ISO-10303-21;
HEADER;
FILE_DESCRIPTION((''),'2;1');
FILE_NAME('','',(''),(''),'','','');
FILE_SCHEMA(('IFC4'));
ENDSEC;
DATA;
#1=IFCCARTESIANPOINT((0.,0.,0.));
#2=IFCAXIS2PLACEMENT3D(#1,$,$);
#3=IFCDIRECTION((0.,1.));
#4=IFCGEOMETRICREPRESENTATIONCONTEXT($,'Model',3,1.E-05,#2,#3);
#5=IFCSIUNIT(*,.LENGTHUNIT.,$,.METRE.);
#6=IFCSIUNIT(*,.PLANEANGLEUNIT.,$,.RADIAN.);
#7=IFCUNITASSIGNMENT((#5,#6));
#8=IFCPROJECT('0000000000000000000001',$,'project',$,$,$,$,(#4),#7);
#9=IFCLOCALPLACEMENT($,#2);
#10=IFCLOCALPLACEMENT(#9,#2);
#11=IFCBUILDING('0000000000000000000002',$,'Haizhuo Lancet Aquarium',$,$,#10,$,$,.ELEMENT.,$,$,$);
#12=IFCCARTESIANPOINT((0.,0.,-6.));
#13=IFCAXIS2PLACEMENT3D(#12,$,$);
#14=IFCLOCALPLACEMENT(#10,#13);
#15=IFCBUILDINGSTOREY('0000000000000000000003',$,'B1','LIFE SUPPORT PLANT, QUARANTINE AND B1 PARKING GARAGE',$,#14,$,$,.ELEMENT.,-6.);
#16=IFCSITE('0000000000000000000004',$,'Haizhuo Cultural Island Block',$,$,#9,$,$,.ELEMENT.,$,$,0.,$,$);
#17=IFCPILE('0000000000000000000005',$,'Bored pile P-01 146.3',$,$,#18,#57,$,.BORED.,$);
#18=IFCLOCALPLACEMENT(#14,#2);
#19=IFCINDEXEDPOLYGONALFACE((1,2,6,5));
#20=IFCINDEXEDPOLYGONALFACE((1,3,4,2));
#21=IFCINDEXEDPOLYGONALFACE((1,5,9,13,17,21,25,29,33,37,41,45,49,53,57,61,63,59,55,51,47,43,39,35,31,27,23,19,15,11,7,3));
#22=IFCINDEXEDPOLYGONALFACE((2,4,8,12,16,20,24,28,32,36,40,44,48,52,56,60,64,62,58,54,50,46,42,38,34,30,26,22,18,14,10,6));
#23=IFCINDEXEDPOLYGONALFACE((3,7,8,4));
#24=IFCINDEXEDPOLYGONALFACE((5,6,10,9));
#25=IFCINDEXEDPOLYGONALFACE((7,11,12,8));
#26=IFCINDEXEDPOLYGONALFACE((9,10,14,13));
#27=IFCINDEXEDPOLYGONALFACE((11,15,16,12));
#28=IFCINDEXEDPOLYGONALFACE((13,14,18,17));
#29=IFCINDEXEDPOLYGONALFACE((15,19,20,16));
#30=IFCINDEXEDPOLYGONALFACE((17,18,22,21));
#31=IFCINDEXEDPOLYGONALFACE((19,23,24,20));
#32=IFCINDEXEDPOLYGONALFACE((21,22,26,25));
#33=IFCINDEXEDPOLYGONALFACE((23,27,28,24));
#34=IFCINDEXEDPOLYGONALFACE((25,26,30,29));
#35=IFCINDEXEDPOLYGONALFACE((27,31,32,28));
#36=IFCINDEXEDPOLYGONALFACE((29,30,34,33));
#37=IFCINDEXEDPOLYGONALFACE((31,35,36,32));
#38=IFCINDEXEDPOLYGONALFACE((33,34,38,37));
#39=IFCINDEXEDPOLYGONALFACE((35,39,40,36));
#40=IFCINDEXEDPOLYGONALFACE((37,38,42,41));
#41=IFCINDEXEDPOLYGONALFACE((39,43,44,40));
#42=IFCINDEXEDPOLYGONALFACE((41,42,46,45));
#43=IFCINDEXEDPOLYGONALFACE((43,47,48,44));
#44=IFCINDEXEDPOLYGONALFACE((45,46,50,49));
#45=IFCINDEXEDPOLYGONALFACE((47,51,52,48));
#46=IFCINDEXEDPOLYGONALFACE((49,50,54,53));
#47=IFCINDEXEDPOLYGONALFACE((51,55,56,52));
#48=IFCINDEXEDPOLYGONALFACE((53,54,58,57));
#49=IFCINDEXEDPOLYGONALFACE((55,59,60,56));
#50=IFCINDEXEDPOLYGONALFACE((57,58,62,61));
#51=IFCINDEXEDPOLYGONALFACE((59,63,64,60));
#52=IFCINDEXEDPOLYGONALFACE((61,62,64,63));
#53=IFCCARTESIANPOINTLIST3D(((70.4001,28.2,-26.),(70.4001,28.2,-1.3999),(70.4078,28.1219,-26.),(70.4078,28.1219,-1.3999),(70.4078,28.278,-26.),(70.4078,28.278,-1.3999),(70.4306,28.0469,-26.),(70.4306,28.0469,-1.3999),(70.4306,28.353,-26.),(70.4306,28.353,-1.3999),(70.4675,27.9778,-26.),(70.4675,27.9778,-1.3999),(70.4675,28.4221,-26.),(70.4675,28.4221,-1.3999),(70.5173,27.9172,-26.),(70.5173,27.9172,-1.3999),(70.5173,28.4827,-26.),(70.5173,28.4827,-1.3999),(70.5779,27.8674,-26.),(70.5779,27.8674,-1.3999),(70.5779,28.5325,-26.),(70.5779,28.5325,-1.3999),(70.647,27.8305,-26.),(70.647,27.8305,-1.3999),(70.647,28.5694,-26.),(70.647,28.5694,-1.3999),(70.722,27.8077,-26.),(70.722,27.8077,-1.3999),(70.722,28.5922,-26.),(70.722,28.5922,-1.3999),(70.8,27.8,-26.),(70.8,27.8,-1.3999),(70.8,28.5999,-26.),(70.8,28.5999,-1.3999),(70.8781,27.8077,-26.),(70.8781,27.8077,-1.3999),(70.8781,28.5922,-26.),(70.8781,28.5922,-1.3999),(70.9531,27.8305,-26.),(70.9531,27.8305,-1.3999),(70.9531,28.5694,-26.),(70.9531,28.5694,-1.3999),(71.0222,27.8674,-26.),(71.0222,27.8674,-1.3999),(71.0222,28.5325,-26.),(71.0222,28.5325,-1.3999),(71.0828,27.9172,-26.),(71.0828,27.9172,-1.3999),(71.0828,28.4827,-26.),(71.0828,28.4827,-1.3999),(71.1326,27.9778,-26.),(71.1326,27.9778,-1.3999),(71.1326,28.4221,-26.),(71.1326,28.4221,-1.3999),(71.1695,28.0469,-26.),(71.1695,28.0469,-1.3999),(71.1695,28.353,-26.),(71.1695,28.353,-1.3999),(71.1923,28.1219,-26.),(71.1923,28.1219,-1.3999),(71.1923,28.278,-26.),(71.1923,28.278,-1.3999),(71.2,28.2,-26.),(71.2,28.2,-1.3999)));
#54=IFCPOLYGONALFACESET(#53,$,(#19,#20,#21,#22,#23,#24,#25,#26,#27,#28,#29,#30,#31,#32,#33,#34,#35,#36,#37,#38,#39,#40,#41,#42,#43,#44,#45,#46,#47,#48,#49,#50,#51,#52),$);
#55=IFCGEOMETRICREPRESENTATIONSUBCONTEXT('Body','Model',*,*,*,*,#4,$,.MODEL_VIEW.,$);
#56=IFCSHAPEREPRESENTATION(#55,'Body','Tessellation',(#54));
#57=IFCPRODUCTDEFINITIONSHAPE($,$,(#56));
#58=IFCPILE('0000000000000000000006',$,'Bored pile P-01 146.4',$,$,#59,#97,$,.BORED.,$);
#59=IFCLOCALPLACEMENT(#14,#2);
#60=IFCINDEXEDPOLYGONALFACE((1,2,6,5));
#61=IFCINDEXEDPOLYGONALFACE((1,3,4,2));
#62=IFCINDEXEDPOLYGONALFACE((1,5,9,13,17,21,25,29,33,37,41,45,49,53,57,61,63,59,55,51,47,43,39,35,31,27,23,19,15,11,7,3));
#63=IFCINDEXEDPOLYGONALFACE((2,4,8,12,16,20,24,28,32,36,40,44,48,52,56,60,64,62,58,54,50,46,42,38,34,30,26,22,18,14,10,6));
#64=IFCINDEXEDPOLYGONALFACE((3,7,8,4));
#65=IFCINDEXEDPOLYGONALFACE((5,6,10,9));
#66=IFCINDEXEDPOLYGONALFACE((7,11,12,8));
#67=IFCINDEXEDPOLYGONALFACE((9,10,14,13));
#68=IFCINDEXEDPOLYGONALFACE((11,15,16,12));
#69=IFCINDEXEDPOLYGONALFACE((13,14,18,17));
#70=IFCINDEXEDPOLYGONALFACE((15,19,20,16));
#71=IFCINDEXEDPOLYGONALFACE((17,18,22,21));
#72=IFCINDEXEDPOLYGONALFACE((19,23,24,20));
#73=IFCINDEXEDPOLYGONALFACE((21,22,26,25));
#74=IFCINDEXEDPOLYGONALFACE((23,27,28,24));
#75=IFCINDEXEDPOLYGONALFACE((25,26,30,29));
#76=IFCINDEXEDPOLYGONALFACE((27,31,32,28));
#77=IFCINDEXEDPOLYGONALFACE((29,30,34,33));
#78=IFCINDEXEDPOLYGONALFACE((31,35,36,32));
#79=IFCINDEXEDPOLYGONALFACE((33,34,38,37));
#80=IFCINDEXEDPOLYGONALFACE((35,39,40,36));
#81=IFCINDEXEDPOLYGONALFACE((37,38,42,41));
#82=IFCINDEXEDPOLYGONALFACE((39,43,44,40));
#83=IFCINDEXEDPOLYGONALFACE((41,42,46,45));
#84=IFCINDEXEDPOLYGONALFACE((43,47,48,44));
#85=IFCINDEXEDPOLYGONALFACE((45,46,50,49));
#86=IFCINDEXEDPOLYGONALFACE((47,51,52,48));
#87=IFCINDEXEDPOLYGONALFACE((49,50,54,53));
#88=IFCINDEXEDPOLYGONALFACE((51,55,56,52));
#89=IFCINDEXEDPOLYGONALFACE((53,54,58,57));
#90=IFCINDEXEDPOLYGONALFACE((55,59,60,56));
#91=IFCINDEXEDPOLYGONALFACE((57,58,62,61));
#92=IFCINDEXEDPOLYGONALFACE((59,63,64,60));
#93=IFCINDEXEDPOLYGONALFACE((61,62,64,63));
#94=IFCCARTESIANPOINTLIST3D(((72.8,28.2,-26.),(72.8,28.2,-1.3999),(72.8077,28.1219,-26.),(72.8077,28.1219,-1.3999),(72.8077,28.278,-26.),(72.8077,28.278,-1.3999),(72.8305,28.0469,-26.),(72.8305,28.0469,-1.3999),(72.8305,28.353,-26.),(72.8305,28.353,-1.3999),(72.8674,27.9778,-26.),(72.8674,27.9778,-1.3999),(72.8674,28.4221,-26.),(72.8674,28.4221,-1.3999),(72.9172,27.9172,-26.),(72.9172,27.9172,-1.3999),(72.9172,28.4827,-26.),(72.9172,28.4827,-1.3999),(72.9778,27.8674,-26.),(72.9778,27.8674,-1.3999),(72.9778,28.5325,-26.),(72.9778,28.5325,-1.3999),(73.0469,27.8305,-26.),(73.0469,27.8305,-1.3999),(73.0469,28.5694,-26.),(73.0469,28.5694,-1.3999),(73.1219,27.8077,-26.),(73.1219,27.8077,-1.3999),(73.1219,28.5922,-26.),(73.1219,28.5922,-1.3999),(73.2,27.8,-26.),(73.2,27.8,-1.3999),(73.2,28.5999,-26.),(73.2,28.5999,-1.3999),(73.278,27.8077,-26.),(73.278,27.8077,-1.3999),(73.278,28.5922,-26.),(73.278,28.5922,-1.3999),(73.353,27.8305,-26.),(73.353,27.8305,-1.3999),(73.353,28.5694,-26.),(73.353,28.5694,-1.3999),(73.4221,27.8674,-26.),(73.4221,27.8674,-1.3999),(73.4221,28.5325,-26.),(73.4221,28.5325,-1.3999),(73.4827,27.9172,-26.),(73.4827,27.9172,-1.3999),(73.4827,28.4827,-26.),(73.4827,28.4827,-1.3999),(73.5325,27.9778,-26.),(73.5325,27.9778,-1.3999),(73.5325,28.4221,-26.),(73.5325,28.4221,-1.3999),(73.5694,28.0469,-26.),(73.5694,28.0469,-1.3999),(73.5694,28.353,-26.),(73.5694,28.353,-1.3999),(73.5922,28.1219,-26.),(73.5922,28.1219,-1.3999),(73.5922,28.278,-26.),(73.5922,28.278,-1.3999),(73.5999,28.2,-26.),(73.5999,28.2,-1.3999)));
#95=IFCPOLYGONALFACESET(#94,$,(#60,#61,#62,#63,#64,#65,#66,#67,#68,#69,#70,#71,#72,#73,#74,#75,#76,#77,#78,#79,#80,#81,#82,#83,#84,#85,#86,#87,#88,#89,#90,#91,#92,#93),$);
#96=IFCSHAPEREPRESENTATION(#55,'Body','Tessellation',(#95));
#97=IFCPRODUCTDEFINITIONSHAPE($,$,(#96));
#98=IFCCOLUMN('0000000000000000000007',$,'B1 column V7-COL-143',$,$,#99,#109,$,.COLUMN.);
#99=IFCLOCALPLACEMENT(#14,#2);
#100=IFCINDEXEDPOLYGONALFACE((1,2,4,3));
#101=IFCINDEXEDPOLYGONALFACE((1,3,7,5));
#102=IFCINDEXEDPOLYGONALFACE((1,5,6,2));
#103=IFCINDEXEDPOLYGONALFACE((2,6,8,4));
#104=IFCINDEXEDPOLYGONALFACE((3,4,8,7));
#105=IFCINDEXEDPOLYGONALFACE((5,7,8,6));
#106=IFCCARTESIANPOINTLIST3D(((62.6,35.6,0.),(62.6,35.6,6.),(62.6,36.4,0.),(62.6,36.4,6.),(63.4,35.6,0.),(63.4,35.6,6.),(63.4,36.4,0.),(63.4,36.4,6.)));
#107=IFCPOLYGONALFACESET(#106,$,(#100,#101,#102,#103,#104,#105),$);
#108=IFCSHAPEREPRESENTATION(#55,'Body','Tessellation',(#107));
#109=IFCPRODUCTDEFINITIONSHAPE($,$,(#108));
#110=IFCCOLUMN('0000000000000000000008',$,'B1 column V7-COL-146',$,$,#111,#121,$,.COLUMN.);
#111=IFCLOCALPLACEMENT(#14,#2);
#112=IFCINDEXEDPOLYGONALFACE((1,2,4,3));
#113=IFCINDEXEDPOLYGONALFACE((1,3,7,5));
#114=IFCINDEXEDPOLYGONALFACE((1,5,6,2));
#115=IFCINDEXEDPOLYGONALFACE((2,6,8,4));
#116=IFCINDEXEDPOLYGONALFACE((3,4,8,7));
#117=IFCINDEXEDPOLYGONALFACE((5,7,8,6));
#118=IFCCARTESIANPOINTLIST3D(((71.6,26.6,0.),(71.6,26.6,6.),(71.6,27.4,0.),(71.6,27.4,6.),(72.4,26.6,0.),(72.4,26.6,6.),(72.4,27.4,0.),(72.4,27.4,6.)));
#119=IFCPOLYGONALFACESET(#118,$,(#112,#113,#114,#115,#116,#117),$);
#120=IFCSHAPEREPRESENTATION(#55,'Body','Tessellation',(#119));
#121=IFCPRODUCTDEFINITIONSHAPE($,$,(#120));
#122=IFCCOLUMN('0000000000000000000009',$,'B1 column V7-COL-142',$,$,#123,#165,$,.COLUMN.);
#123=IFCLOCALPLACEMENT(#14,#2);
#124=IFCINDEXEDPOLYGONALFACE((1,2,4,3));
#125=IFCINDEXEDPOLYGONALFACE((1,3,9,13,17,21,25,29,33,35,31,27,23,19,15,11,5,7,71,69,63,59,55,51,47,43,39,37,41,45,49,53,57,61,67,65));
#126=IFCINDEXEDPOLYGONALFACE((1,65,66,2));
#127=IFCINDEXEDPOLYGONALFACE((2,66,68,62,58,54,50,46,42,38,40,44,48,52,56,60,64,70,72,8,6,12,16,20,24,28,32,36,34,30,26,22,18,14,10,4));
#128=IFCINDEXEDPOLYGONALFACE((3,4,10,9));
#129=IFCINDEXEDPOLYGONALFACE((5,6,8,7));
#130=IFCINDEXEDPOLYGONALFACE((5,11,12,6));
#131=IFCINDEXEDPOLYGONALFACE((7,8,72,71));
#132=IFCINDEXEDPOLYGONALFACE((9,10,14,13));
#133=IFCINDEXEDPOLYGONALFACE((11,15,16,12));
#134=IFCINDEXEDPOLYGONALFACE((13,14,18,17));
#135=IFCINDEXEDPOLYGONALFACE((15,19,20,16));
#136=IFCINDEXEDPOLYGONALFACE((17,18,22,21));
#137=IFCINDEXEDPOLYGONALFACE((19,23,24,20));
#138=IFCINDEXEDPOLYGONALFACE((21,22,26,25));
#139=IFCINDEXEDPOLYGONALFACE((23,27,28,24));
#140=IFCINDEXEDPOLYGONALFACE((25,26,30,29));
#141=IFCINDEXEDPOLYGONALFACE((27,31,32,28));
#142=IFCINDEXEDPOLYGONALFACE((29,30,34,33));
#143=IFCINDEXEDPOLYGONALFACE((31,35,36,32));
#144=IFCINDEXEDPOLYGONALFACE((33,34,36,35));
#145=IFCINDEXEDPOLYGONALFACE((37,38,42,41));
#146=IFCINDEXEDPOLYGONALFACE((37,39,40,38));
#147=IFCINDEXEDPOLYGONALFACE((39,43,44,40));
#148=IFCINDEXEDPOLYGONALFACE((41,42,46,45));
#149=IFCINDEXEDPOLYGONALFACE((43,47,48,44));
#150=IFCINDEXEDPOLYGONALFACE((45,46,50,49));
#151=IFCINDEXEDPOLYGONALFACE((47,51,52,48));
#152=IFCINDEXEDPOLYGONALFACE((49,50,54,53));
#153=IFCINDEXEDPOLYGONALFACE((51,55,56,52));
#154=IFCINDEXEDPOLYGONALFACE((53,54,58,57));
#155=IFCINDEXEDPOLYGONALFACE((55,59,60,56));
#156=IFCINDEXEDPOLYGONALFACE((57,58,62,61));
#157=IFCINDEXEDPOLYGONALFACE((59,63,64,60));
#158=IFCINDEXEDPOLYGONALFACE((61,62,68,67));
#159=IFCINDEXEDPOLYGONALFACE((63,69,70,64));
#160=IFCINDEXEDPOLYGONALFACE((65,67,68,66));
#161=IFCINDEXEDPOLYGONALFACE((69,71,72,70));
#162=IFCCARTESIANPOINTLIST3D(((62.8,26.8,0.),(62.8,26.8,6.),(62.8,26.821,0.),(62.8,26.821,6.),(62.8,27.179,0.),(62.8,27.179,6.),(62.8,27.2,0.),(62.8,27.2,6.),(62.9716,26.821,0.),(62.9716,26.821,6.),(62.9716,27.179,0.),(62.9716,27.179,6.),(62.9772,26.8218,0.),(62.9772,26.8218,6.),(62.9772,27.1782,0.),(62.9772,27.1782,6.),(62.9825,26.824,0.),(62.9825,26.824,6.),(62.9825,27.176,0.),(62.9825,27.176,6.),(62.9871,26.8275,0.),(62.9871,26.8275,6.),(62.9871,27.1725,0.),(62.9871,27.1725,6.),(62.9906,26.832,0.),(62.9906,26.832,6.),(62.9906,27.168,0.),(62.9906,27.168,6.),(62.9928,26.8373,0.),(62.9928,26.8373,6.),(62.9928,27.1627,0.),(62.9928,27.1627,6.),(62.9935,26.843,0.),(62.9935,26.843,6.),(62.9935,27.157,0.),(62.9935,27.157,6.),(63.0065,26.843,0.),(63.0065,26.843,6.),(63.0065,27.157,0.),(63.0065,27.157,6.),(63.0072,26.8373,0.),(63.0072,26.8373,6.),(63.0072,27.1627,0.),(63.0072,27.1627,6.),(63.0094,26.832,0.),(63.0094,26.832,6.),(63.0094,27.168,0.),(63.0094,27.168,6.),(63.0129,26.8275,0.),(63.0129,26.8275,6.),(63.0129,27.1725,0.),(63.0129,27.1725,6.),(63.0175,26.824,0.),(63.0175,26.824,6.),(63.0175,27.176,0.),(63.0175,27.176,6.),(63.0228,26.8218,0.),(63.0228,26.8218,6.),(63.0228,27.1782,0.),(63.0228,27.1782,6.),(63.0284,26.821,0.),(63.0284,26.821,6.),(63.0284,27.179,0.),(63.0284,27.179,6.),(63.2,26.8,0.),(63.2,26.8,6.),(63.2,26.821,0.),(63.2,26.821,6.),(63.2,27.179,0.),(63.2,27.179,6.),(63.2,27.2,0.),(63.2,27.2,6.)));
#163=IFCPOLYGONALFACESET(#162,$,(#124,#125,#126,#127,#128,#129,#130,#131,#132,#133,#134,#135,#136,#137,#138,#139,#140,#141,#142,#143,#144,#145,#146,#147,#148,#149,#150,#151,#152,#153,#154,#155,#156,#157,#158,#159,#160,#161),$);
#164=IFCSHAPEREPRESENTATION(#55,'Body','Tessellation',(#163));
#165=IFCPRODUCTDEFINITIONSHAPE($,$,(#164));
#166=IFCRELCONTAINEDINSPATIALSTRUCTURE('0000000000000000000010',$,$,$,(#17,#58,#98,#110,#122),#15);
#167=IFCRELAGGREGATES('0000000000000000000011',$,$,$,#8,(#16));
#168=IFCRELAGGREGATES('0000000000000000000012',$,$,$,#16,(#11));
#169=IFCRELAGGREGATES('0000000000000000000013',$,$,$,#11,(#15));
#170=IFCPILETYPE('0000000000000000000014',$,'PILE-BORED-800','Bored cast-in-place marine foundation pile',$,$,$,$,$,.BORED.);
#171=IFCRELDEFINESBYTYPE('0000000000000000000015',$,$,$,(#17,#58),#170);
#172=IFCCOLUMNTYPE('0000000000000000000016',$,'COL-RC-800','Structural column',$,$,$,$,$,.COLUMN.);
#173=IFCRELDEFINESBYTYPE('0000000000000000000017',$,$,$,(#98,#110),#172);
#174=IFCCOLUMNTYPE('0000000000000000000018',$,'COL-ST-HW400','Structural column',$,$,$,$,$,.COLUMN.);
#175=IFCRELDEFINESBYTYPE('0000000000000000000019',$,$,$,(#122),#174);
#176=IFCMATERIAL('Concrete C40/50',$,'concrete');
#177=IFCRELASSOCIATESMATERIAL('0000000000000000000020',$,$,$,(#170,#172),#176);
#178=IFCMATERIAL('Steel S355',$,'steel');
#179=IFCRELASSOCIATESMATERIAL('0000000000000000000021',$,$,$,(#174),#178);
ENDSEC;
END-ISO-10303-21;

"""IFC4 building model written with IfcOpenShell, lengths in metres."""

from ifc_helpers import new_model, si_unit, direction, frame, origin, origin_2d, place, context, subcontext, project, spatial, rectangle, circle, i_section, extrude, material, material_profile, profile_set, type_object, element, save


model = new_model("IFC4")

# Units and contexts
model_context = context("Model", 3, precision=1e-05, world=origin(), true_north=direction((0.0, 1.0)))
body_context = subcontext(model_context, "Body", "Model", "MODEL_VIEW")
ifc_project = project(units=[si_unit("LENGTHUNIT", "METRE"), si_unit("PLANEANGLEUNIT", "RADIAN")], contexts=[model_context])

# Site, building, storey
site_placement = place(None, origin())
site = spatial("IfcSite", under=ifc_project, at=site_placement, Name="Haizhuo Cultural Island Block", CompositionType="ELEMENT", RefElevation=0.0)
building_placement = place(site_placement, origin())
building = spatial("IfcBuilding", under=site, at=building_placement, Name="Haizhuo Lancet Aquarium", CompositionType="ELEMENT")
storey_placement = place(building_placement, frame((0.0, 0.0, -6.0)))
storey = spatial("IfcBuildingStorey", under=building, at=storey_placement, Name="B1", Description="LIFE SUPPORT PLANT, QUARANTINE AND B1 PARKING GARAGE", CompositionType="ELEMENT", Elevation=-6.0)

# Shared definitions
ifc_material_1 = material(Name="Concrete C40/50", Category="concrete")

# Piles
ifc_material_profile_1 = material_profile(ifc_material_1, circle(Radius=0.3999, at=origin_2d()), Name="PILE-800")
ifc_profile_set_1 = profile_set([ifc_material_profile_1], Name="Concrete C40/50")
pile_type = type_object("IfcPileType", Name="PILE-BORED-800", Description="Bored cast-in-place marine foundation pile", PredefinedType="BORED", material=ifc_profile_set_1)
for number, where, z_axis, x_axis, name in (
    (1, (70.8, 28.2, -1.3999), (0.0, 0.0, -1.0), (1.0, 0.0, 0.0), "Bored pile P-01 146.3"),
    (2, (73.2, 28.2, -1.3999), (0.0, 0.0, -1.0), (1.0, 0.0, 0.0), "Bored pile P-01 146.4"),
):
    element("IfcPile", number, at=place(storey_placement, frame(where, z_axis=z_axis, x_axis=x_axis)), inside=storey, type_object=pile_type, Name=name, PredefinedType="BORED", context=body_context, shape_type="SweptSolid", body=[
        extrude(circle(Radius=0.3999, at=origin_2d()), origin(), (0.0, 0.0, 1.0), 24.6001),
    ])

# Columns
ifc_material_profile_2 = material_profile(ifc_material_1, rectangle(XDim=0.8, YDim=0.8, at=origin_2d()), Name="RC-COL 800x800")
ifc_profile_set_2 = profile_set([ifc_material_profile_2], Name="Concrete C40/50")
column_type_1 = type_object("IfcColumnType", Name="COL-RC-800", Description="Structural column", PredefinedType="COLUMN", material=ifc_profile_set_2)
for number, where, z_axis, x_axis, name in (
    (3, (63.0, 36.0, 0.0), (0.0, 0.0, 1.0), (1.0, 0.0, 0.0), "B1 column V7-COL-143"),
    (4, (72.0, 27.0, 0.0), (0.0, 0.0, 1.0), (1.0, 0.0, 0.0), "B1 column V7-COL-146"),
):
    element("IfcColumn", number, at=place(storey_placement, frame(where, z_axis=z_axis, x_axis=x_axis)), inside=storey, type_object=column_type_1, Name=name, PredefinedType="COLUMN", context=body_context, shape_type="SweptSolid", body=[
        extrude(rectangle(XDim=0.8, YDim=0.8, at=origin_2d()), origin(), (0.0, 0.0, 1.0), 6.0),
    ])
ifc_material_2 = material(Name="Steel S355", Category="steel")
ifc_material_profile_3 = material_profile(ifc_material_2, i_section(OverallWidth=0.3999, OverallDepth=0.3999, WebThickness=0.0129, FlangeThickness=0.021, FilletRadius=0.022, at=origin_2d()), Name="HW 400x400x13x21")
ifc_profile_set_3 = profile_set([ifc_material_profile_3], Name="Steel S355")
column_type_2 = type_object("IfcColumnType", Name="COL-ST-HW400", Description="Structural column", PredefinedType="COLUMN", material=ifc_profile_set_3)
column_placement = place(storey_placement, frame((63.0, 27.0, 0.0), z_axis=(0.0, 0.0, 1.0), x_axis=(1.0, 0.0, 0.0)))
element("IfcColumn", 5, at=column_placement, inside=storey, type_object=column_type_2, Name="B1 column V7-COL-142", PredefinedType="COLUMN", context=body_context, shape_type="SweptSolid", body=[
    extrude(i_section(OverallWidth=0.3999, OverallDepth=0.3999, WebThickness=0.0129, FlangeThickness=0.021, FilletRadius=0.022, at=origin_2d()), origin(), (0.0, 0.0, 1.0), 6.0),
])

save(model, "model.ifc")
